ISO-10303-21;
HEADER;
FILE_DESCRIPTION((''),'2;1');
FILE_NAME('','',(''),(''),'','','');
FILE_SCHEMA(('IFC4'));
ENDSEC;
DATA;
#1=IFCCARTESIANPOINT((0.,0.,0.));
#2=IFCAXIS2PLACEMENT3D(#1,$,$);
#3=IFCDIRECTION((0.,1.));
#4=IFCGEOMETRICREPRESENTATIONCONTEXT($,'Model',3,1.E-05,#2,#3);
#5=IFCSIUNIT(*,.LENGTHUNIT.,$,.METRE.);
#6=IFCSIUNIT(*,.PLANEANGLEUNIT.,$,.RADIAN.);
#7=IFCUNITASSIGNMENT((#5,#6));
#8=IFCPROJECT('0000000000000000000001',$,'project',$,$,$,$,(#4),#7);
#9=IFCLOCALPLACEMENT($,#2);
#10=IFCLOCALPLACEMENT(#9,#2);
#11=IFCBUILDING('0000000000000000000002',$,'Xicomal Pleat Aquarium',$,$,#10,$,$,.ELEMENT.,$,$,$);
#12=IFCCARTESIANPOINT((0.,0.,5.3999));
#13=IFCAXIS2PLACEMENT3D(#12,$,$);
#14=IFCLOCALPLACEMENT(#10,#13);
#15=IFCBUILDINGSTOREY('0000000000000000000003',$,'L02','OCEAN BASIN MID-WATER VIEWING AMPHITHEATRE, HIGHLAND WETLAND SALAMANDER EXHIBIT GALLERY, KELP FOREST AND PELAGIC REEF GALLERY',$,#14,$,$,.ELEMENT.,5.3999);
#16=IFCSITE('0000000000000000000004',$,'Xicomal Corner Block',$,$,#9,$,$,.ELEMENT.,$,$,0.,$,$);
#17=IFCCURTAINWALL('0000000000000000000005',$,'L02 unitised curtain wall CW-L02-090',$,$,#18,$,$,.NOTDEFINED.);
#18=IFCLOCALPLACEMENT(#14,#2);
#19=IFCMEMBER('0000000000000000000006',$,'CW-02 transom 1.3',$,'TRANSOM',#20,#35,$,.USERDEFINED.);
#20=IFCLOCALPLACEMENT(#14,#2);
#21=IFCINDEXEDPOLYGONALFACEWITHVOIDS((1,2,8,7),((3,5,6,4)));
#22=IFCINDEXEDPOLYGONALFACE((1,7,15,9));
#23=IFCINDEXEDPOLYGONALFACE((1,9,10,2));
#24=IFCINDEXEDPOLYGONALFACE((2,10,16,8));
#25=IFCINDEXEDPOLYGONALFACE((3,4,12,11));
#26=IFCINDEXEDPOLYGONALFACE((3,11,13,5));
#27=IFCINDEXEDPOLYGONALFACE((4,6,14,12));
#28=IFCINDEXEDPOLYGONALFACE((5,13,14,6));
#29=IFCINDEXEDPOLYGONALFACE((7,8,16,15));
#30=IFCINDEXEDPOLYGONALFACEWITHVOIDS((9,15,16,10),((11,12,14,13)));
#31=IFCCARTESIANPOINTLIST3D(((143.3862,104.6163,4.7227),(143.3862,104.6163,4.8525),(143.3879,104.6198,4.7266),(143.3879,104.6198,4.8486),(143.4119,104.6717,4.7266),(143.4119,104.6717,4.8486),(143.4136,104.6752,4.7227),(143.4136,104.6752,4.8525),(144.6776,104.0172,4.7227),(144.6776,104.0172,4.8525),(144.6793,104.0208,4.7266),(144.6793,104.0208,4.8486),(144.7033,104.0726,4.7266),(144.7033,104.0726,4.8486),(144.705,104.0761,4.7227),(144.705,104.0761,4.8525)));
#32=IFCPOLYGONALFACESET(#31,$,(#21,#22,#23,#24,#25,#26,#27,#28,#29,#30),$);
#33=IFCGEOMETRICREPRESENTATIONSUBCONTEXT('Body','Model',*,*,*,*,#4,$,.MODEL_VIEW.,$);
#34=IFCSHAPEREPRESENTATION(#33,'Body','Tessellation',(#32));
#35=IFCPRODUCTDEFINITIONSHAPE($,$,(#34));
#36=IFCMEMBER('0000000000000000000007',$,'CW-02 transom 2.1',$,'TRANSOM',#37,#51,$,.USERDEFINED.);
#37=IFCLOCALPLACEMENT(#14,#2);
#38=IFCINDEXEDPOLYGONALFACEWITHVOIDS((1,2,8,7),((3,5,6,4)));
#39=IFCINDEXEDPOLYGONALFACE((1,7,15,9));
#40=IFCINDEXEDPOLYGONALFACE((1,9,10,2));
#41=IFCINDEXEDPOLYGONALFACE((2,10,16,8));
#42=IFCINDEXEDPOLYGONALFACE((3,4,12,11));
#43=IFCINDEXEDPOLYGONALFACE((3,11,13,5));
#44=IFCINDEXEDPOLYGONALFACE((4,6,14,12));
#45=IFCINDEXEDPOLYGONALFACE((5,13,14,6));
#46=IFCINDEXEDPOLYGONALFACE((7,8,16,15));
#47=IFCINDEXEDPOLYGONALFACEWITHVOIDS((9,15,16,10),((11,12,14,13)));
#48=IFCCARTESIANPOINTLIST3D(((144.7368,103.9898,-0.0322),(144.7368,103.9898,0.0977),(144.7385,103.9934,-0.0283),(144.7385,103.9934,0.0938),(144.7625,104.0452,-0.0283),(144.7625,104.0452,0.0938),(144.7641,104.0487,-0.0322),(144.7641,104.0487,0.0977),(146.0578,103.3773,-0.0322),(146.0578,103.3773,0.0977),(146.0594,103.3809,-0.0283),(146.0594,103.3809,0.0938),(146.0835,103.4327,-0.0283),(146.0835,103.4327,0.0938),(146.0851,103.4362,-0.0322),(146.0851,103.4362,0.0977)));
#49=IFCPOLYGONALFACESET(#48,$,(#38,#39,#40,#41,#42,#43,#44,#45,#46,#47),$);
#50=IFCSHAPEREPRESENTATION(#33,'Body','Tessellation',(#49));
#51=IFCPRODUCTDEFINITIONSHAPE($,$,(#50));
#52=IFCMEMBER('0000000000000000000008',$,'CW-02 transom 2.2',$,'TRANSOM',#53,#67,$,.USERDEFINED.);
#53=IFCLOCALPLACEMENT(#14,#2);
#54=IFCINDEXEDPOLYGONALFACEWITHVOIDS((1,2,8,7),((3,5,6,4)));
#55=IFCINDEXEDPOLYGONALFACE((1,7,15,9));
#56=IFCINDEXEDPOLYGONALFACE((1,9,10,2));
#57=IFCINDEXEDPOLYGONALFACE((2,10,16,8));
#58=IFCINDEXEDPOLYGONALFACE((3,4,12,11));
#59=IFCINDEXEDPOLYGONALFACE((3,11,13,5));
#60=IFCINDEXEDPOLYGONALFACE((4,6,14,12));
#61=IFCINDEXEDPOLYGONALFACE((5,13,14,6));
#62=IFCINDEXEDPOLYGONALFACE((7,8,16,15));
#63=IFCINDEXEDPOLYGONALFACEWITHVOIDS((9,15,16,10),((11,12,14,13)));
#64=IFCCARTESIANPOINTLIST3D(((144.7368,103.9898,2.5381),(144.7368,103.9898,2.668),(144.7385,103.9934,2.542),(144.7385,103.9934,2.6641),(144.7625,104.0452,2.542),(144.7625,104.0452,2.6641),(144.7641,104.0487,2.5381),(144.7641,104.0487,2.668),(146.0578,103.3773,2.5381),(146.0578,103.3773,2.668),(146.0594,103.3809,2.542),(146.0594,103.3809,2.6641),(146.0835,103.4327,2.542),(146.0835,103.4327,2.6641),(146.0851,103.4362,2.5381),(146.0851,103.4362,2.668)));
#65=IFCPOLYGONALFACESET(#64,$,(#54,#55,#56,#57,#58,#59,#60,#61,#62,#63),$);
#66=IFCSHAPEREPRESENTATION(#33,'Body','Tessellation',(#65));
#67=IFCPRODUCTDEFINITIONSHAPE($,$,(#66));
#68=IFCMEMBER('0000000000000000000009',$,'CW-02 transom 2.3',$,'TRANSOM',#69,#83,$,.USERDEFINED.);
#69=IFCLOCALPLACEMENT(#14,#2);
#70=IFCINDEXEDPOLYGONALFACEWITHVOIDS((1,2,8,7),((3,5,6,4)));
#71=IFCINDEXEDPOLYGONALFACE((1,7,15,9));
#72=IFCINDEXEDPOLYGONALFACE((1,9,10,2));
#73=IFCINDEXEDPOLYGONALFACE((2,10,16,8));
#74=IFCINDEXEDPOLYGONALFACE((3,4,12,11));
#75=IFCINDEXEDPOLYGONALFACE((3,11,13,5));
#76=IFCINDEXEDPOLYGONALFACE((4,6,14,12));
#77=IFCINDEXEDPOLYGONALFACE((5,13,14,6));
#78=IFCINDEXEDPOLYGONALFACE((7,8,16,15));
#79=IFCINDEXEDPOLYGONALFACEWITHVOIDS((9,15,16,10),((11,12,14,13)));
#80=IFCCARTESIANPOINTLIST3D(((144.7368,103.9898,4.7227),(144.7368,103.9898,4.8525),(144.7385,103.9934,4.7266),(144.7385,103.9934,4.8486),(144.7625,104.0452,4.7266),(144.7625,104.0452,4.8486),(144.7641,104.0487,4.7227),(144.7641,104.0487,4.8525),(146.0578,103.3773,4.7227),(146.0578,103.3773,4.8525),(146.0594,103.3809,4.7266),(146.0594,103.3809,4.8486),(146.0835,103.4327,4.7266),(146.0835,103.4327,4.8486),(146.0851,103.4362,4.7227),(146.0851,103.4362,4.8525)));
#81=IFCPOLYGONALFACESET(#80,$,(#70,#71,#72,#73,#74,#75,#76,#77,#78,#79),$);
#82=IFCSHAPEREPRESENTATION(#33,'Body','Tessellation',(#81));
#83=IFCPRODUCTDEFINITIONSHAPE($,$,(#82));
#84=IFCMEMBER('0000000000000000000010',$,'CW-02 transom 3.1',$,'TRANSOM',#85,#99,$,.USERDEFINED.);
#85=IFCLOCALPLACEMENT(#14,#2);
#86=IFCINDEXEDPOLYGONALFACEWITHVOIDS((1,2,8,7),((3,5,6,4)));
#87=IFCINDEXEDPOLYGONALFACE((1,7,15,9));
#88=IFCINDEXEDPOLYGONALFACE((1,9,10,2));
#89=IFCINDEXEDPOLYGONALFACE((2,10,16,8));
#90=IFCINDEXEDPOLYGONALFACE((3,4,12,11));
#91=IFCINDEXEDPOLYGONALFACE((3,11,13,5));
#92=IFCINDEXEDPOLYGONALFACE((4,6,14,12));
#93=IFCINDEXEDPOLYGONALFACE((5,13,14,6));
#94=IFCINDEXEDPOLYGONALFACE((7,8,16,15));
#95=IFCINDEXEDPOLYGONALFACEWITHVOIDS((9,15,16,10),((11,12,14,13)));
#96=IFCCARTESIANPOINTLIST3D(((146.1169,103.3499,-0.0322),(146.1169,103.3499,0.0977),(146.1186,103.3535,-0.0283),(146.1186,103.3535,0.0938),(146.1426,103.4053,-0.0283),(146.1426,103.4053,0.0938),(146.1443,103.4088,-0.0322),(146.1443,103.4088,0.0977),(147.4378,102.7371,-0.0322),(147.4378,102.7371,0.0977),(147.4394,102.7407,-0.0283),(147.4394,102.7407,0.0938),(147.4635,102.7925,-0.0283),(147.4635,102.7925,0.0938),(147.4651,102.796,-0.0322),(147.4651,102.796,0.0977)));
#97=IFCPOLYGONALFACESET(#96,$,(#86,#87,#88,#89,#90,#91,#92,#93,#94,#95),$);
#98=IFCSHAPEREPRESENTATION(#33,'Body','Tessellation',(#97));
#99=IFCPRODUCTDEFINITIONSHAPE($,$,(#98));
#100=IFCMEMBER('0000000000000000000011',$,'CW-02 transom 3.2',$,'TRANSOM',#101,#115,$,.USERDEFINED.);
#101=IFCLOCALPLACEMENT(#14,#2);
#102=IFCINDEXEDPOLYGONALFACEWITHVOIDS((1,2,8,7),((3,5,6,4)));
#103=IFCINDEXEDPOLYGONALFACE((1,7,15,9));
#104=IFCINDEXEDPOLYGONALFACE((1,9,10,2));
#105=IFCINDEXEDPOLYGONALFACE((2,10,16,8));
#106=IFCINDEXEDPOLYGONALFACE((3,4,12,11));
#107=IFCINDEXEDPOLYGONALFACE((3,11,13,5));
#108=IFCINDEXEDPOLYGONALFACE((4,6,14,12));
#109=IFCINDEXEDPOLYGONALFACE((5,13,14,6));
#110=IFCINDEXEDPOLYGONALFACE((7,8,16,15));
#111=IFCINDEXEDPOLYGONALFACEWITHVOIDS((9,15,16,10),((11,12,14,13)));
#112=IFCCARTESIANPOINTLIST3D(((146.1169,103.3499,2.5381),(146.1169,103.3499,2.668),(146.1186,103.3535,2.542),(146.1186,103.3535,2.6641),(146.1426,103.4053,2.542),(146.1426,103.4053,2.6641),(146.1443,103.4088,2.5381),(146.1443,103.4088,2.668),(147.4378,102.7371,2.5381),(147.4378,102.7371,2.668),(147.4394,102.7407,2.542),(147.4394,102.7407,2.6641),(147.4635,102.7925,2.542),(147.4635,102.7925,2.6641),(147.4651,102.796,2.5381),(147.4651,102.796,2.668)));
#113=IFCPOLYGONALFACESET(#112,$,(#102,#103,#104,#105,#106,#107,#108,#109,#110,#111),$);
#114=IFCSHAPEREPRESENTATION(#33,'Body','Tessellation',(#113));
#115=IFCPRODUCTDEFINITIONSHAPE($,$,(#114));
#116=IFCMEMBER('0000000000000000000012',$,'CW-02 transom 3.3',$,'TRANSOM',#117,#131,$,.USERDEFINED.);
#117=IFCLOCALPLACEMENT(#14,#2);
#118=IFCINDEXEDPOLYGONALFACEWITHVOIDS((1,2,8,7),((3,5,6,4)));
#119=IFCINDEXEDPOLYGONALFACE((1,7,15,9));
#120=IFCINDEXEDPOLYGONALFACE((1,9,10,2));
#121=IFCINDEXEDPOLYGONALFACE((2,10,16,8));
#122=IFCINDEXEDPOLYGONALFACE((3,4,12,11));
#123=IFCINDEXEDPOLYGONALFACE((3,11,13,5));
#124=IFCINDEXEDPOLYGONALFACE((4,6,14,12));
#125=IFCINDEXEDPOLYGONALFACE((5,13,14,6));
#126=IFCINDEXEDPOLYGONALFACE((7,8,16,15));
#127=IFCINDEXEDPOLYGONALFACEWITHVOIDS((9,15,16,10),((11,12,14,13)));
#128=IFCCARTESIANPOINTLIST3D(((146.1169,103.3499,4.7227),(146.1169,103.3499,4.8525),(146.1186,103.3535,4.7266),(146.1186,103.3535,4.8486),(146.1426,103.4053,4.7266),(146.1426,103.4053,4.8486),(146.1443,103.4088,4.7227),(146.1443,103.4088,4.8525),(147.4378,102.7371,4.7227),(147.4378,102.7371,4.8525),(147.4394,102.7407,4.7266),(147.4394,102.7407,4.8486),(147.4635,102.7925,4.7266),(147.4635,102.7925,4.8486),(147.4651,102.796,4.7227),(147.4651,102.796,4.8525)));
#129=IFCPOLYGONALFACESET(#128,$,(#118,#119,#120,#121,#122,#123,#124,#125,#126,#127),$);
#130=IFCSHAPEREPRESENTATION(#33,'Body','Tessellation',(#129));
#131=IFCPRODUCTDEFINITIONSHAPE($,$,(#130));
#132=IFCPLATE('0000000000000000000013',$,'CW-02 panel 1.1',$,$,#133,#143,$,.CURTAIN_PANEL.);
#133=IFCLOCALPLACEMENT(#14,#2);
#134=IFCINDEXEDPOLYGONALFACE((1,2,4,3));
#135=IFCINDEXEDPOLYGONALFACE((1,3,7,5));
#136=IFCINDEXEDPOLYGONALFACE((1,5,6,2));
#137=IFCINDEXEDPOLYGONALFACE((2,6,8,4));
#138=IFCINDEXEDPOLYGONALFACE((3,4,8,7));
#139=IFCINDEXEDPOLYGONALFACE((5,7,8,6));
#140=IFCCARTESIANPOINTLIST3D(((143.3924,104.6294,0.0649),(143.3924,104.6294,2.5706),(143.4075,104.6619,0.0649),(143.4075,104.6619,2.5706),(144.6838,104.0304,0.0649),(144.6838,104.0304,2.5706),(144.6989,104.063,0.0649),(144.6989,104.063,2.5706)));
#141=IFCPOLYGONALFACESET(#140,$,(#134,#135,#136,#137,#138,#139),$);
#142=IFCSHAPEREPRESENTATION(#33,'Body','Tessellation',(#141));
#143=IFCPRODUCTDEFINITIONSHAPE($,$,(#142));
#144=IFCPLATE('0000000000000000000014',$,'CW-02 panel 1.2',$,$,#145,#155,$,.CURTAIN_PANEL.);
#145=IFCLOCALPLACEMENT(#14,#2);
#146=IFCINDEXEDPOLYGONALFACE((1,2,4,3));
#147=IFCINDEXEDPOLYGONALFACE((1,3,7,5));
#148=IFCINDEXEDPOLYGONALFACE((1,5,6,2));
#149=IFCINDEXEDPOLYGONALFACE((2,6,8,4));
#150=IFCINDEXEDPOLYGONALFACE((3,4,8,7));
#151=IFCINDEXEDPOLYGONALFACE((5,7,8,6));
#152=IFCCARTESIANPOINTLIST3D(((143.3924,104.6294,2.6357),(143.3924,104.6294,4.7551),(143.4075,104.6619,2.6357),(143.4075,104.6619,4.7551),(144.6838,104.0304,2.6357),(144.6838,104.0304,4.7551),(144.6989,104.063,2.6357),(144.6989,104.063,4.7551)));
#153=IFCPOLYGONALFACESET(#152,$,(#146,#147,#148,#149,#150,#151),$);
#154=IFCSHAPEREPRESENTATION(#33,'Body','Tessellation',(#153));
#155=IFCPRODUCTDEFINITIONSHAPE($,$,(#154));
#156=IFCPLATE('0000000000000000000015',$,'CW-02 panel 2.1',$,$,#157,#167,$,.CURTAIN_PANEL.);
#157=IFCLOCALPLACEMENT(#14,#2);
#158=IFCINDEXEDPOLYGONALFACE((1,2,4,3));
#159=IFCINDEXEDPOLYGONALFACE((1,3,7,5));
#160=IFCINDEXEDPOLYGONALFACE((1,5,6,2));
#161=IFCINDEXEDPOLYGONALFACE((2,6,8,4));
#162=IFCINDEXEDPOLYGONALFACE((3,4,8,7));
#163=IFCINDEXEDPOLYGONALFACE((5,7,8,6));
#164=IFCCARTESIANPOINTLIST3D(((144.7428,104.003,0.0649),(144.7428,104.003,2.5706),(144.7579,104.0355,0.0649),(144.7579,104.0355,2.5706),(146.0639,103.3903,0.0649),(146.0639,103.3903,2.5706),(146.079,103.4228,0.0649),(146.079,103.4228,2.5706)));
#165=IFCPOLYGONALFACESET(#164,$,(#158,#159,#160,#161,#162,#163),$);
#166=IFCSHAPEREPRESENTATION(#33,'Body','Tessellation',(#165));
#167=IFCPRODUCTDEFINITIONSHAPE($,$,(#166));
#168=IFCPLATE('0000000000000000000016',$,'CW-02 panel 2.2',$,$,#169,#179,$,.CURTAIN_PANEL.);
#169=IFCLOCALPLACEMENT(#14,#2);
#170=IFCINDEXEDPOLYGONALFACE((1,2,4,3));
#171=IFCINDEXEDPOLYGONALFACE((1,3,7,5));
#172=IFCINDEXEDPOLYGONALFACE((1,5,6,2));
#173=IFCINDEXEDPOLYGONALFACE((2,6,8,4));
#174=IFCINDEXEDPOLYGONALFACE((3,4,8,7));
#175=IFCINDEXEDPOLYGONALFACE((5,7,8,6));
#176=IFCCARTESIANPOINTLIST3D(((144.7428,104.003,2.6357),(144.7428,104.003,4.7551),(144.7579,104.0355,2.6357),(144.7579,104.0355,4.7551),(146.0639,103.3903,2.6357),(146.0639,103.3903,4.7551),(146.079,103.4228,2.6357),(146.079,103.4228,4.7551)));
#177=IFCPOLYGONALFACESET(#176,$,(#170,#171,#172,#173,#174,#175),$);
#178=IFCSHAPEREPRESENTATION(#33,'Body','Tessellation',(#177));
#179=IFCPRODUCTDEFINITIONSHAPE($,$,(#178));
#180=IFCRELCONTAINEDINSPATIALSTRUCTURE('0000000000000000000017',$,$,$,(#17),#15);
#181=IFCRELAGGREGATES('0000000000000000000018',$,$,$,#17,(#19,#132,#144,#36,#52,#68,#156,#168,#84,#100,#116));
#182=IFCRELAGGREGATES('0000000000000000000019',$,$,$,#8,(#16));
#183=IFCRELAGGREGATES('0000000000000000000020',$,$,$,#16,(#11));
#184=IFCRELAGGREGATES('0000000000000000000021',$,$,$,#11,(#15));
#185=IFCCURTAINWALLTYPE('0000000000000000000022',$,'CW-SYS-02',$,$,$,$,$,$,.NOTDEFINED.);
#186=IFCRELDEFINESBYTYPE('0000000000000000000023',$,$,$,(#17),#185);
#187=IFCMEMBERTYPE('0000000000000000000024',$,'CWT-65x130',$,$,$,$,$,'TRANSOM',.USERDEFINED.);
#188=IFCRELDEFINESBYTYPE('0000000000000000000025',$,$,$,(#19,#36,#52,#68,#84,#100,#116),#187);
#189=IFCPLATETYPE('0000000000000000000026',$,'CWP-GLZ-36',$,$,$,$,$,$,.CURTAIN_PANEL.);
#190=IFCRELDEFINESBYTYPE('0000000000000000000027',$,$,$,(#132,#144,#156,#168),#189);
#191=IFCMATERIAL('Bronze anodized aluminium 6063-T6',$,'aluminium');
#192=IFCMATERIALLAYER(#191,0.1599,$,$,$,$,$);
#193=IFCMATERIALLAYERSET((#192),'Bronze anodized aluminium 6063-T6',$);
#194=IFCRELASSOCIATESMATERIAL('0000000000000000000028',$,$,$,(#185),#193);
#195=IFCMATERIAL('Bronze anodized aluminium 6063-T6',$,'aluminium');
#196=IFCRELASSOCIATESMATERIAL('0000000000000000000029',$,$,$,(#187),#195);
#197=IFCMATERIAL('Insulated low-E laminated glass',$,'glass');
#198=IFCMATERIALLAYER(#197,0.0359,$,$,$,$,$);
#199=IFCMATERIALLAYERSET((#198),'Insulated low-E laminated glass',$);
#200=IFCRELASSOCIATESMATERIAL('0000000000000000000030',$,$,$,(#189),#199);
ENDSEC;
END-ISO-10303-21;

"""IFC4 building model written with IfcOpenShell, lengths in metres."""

from ifc_helpers import new_model, si_unit, direction, frame, origin, origin_2d, place, context, subcontext, project, spatial, rectangle, hollow_rectangle, extrude, material, layer, layer_set, material_profile, profile_set, type_object, element, aggregate, save


model = new_model("IFC4")

# Units and contexts
model_context = context("Model", 3, precision=1e-05, world=origin(), true_north=direction((0.0, 1.0)))
body_context = subcontext(model_context, "Body", "Model", "MODEL_VIEW")
ifc_project = project(units=[si_unit("LENGTHUNIT", "METRE"), si_unit("PLANEANGLEUNIT", "RADIAN")], contexts=[model_context])

# Site, building, storey
site_placement = place(None, origin())
site = spatial("IfcSite", under=ifc_project, at=site_placement, Name="Xicomal Corner Block", CompositionType="ELEMENT", RefElevation=0.0)
building_placement = place(site_placement, origin())
building = spatial("IfcBuilding", under=site, at=building_placement, Name="Xicomal Pleat Aquarium", CompositionType="ELEMENT")
storey_placement = place(building_placement, frame((0.0, 0.0, 5.3999)))
storey = spatial("IfcBuildingStorey", under=building, at=storey_placement, Name="L02", Description="OCEAN BASIN MID-WATER VIEWING AMPHITHEATRE, HIGHLAND WETLAND SALAMANDER EXHIBIT GALLERY, KELP FOREST AND PELAGIC REEF GALLERY", CompositionType="ELEMENT", Elevation=5.3999)

# Curtain wall, members, plates
ifc_material_1 = material(Name="Bronze anodized aluminium 6063-T6", Category="aluminium")
ifc_layer_1 = layer(ifc_material_1, 0.1599)
ifc_layer_set_1 = layer_set([ifc_layer_1], Name="Bronze anodized aluminium 6063-T6")
curtain_wall_type = type_object("IfcCurtainWallType", Name="CW-SYS-02", PredefinedType="NOTDEFINED", material=ifc_layer_set_1)
curtain_wall_placement = place(storey_placement, origin())
curtain_wall = element("IfcCurtainWall", 1, at=curtain_wall_placement, inside=storey, type_object=curtain_wall_type, Name="L02 unitised curtain wall CW-L02-090", PredefinedType="NOTDEFINED")
ifc_material_2 = material(Name="Bronze anodized aluminium 6063-T6", Category="aluminium")
ifc_material_profile_1 = material_profile(ifc_material_2, hollow_rectangle(XDim=0.0649, YDim=0.1299, WallThickness=0.0039, at=origin_2d()), Name="ALU TRAN 65x130")
ifc_profile_set_1 = profile_set([ifc_material_profile_1], Name="Bronze anodized aluminium 6063-T6")
member_type_1 = type_object("IfcMemberType", Name="CWT-65x130", ElementType="TRANSOM", PredefinedType="USERDEFINED", material=ifc_profile_set_1)
member_1_placement = place(storey_placement, frame((143.3999, 104.6458, 4.7876), z_axis=(0.907145, -0.420819, 0.0), x_axis=(0.420819, 0.907145, 0.0)))
member_1 = element("IfcMember", 2, at=member_1_placement, type_object=member_type_1, Name="CW-02 transom 1.3", ObjectType="TRANSOM", PredefinedType="USERDEFINED", context=body_context, shape_type="SweptSolid", body=[
    extrude(hollow_rectangle(XDim=0.0649, YDim=0.1299, WallThickness=0.0039, at=origin_2d()), origin(), (0.0, 0.0, 1.0), 1.4236),
])
member_2_placement = place(storey_placement, frame((144.7505, 104.0193, 0.0327), z_axis=(0.907217, -0.420663, 0.0), x_axis=(0.420663, 0.907217, 0.0)))
member_2 = element("IfcMember", 3, at=member_2_placement, type_object=member_type_1, Name="CW-02 transom 2.1", ObjectType="TRANSOM", PredefinedType="USERDEFINED", context=body_context, shape_type="SweptSolid", body=[
    extrude(hollow_rectangle(XDim=0.0649, YDim=0.1299, WallThickness=0.0039, at=origin_2d()), origin(), (0.0, 0.0, 1.0), 1.4561),
])
member_3_placement = place(storey_placement, frame((144.7505, 104.0193, 2.603), z_axis=(0.907217, -0.420663, 0.0), x_axis=(0.420663, 0.907217, 0.0)))
member_3 = element("IfcMember", 4, at=member_3_placement, type_object=member_type_1, Name="CW-02 transom 2.2", ObjectType="TRANSOM", PredefinedType="USERDEFINED", context=body_context, shape_type="SweptSolid", body=[
    extrude(hollow_rectangle(XDim=0.0649, YDim=0.1299, WallThickness=0.0039, at=origin_2d()), origin(), (0.0, 0.0, 1.0), 1.4561),
])
member_4_placement = place(storey_placement, frame((144.7505, 104.0193, 4.7876), z_axis=(0.907217, -0.420663, 0.0), x_axis=(0.420663, 0.907217, 0.0)))
member_4 = element("IfcMember", 5, at=member_4_placement, type_object=member_type_1, Name="CW-02 transom 2.3", ObjectType="TRANSOM", PredefinedType="USERDEFINED", context=body_context, shape_type="SweptSolid", body=[
    extrude(hollow_rectangle(XDim=0.0649, YDim=0.1299, WallThickness=0.0039, at=origin_2d()), origin(), (0.0, 0.0, 1.0), 1.4561),
])
member_5_placement = place(storey_placement, frame((146.1306, 103.3794, 0.0327), z_axis=(0.907123, -0.420865, 0.0), x_axis=(0.420865, 0.907123, 0.0)))
member_5 = element("IfcMember", 6, at=member_5_placement, type_object=member_type_1, Name="CW-02 transom 3.1", ObjectType="TRANSOM", PredefinedType="USERDEFINED", context=body_context, shape_type="SweptSolid", body=[
    extrude(hollow_rectangle(XDim=0.0649, YDim=0.1299, WallThickness=0.0039, at=origin_2d()), origin(), (0.0, 0.0, 1.0), 1.4561),
])
member_6_placement = place(storey_placement, frame((146.1306, 103.3794, 2.603), z_axis=(0.907123, -0.420865, 0.0), x_axis=(0.420865, 0.907123, 0.0)))
member_6 = element("IfcMember", 7, at=member_6_placement, type_object=member_type_1, Name="CW-02 transom 3.2", ObjectType="TRANSOM", PredefinedType="USERDEFINED", context=body_context, shape_type="SweptSolid", body=[
    extrude(hollow_rectangle(XDim=0.0649, YDim=0.1299, WallThickness=0.0039, at=origin_2d()), origin(), (0.0, 0.0, 1.0), 1.4561),
])
member_7_placement = place(storey_placement, frame((146.1306, 103.3794, 4.7876), z_axis=(0.907123, -0.420865, 0.0), x_axis=(0.420865, 0.907123, 0.0)))
member_7 = element("IfcMember", 8, at=member_7_placement, type_object=member_type_1, Name="CW-02 transom 3.3", ObjectType="TRANSOM", PredefinedType="USERDEFINED", context=body_context, shape_type="SweptSolid", body=[
    extrude(hollow_rectangle(XDim=0.0649, YDim=0.1299, WallThickness=0.0039, at=origin_2d()), origin(), (0.0, 0.0, 1.0), 1.4561),
])
ifc_material_3 = material(Name="Insulated low-E laminated glass", Category="glass")
ifc_layer_2 = layer(ifc_material_3, 0.0359)
ifc_layer_set_2 = layer_set([ifc_layer_2], Name="Insulated low-E laminated glass")
plate_type = type_object("IfcPlateType", Name="CWP-GLZ-36", PredefinedType="CURTAIN_PANEL", material=ifc_layer_set_2)
plate_1_placement = place(storey_placement, frame((144.0457, 104.3462, 0.0649), z_axis=(0.0, 0.0, 1.0), x_axis=(0.907188, -0.420725, 0.0)))
plate_1 = element("IfcPlate", 9, at=plate_1_placement, type_object=plate_type, Name="CW-02 panel 1.1", PredefinedType="CURTAIN_PANEL", context=body_context, shape_type="SweptSolid", body=[
    extrude(rectangle(XDim=1.4236, YDim=0.0359, at=origin_2d()), origin(), (0.0, 0.0, 1.0), 2.5056),
])
plate_2_placement = place(storey_placement, frame((144.0457, 104.3462, 2.6357), z_axis=(0.0, 0.0, 1.0), x_axis=(0.907188, -0.420725, 0.0)))
plate_2 = element("IfcPlate", 10, at=plate_2_placement, type_object=plate_type, Name="CW-02 panel 1.2", PredefinedType="CURTAIN_PANEL", context=body_context, shape_type="SweptSolid", body=[
    extrude(rectangle(XDim=1.4236, YDim=0.0359, at=origin_2d()), origin(), (0.0, 0.0, 1.0), 2.1194),
])
plate_3_placement = place(storey_placement, frame((145.4109, 103.7129, 0.0649), z_axis=(0.0, 0.0, 1.0), x_axis=(0.907188, -0.420725, 0.0)))
plate_3 = element("IfcPlate", 11, at=plate_3_placement, type_object=plate_type, Name="CW-02 panel 2.1", PredefinedType="CURTAIN_PANEL", context=body_context, shape_type="SweptSolid", body=[
    extrude(rectangle(XDim=1.4563, YDim=0.0359, at=origin_2d()), origin(), (0.0, 0.0, 1.0), 2.5056),
])
plate_4_placement = place(storey_placement, frame((145.4109, 103.7129, 2.6357), z_axis=(0.0, 0.0, 1.0), x_axis=(0.907188, -0.420725, 0.0)))
plate_4 = element("IfcPlate", 12, at=plate_4_placement, type_object=plate_type, Name="CW-02 panel 2.2", PredefinedType="CURTAIN_PANEL", context=body_context, shape_type="SweptSolid", body=[
    extrude(rectangle(XDim=1.4563, YDim=0.0359, at=origin_2d()), origin(), (0.0, 0.0, 1.0), 2.1194),
])
aggregate(curtain_wall, [member_1, plate_1, plate_2, member_2, member_3, member_4, plate_3, plate_4, member_5, member_6, member_7])

save(model, "model.ifc")
